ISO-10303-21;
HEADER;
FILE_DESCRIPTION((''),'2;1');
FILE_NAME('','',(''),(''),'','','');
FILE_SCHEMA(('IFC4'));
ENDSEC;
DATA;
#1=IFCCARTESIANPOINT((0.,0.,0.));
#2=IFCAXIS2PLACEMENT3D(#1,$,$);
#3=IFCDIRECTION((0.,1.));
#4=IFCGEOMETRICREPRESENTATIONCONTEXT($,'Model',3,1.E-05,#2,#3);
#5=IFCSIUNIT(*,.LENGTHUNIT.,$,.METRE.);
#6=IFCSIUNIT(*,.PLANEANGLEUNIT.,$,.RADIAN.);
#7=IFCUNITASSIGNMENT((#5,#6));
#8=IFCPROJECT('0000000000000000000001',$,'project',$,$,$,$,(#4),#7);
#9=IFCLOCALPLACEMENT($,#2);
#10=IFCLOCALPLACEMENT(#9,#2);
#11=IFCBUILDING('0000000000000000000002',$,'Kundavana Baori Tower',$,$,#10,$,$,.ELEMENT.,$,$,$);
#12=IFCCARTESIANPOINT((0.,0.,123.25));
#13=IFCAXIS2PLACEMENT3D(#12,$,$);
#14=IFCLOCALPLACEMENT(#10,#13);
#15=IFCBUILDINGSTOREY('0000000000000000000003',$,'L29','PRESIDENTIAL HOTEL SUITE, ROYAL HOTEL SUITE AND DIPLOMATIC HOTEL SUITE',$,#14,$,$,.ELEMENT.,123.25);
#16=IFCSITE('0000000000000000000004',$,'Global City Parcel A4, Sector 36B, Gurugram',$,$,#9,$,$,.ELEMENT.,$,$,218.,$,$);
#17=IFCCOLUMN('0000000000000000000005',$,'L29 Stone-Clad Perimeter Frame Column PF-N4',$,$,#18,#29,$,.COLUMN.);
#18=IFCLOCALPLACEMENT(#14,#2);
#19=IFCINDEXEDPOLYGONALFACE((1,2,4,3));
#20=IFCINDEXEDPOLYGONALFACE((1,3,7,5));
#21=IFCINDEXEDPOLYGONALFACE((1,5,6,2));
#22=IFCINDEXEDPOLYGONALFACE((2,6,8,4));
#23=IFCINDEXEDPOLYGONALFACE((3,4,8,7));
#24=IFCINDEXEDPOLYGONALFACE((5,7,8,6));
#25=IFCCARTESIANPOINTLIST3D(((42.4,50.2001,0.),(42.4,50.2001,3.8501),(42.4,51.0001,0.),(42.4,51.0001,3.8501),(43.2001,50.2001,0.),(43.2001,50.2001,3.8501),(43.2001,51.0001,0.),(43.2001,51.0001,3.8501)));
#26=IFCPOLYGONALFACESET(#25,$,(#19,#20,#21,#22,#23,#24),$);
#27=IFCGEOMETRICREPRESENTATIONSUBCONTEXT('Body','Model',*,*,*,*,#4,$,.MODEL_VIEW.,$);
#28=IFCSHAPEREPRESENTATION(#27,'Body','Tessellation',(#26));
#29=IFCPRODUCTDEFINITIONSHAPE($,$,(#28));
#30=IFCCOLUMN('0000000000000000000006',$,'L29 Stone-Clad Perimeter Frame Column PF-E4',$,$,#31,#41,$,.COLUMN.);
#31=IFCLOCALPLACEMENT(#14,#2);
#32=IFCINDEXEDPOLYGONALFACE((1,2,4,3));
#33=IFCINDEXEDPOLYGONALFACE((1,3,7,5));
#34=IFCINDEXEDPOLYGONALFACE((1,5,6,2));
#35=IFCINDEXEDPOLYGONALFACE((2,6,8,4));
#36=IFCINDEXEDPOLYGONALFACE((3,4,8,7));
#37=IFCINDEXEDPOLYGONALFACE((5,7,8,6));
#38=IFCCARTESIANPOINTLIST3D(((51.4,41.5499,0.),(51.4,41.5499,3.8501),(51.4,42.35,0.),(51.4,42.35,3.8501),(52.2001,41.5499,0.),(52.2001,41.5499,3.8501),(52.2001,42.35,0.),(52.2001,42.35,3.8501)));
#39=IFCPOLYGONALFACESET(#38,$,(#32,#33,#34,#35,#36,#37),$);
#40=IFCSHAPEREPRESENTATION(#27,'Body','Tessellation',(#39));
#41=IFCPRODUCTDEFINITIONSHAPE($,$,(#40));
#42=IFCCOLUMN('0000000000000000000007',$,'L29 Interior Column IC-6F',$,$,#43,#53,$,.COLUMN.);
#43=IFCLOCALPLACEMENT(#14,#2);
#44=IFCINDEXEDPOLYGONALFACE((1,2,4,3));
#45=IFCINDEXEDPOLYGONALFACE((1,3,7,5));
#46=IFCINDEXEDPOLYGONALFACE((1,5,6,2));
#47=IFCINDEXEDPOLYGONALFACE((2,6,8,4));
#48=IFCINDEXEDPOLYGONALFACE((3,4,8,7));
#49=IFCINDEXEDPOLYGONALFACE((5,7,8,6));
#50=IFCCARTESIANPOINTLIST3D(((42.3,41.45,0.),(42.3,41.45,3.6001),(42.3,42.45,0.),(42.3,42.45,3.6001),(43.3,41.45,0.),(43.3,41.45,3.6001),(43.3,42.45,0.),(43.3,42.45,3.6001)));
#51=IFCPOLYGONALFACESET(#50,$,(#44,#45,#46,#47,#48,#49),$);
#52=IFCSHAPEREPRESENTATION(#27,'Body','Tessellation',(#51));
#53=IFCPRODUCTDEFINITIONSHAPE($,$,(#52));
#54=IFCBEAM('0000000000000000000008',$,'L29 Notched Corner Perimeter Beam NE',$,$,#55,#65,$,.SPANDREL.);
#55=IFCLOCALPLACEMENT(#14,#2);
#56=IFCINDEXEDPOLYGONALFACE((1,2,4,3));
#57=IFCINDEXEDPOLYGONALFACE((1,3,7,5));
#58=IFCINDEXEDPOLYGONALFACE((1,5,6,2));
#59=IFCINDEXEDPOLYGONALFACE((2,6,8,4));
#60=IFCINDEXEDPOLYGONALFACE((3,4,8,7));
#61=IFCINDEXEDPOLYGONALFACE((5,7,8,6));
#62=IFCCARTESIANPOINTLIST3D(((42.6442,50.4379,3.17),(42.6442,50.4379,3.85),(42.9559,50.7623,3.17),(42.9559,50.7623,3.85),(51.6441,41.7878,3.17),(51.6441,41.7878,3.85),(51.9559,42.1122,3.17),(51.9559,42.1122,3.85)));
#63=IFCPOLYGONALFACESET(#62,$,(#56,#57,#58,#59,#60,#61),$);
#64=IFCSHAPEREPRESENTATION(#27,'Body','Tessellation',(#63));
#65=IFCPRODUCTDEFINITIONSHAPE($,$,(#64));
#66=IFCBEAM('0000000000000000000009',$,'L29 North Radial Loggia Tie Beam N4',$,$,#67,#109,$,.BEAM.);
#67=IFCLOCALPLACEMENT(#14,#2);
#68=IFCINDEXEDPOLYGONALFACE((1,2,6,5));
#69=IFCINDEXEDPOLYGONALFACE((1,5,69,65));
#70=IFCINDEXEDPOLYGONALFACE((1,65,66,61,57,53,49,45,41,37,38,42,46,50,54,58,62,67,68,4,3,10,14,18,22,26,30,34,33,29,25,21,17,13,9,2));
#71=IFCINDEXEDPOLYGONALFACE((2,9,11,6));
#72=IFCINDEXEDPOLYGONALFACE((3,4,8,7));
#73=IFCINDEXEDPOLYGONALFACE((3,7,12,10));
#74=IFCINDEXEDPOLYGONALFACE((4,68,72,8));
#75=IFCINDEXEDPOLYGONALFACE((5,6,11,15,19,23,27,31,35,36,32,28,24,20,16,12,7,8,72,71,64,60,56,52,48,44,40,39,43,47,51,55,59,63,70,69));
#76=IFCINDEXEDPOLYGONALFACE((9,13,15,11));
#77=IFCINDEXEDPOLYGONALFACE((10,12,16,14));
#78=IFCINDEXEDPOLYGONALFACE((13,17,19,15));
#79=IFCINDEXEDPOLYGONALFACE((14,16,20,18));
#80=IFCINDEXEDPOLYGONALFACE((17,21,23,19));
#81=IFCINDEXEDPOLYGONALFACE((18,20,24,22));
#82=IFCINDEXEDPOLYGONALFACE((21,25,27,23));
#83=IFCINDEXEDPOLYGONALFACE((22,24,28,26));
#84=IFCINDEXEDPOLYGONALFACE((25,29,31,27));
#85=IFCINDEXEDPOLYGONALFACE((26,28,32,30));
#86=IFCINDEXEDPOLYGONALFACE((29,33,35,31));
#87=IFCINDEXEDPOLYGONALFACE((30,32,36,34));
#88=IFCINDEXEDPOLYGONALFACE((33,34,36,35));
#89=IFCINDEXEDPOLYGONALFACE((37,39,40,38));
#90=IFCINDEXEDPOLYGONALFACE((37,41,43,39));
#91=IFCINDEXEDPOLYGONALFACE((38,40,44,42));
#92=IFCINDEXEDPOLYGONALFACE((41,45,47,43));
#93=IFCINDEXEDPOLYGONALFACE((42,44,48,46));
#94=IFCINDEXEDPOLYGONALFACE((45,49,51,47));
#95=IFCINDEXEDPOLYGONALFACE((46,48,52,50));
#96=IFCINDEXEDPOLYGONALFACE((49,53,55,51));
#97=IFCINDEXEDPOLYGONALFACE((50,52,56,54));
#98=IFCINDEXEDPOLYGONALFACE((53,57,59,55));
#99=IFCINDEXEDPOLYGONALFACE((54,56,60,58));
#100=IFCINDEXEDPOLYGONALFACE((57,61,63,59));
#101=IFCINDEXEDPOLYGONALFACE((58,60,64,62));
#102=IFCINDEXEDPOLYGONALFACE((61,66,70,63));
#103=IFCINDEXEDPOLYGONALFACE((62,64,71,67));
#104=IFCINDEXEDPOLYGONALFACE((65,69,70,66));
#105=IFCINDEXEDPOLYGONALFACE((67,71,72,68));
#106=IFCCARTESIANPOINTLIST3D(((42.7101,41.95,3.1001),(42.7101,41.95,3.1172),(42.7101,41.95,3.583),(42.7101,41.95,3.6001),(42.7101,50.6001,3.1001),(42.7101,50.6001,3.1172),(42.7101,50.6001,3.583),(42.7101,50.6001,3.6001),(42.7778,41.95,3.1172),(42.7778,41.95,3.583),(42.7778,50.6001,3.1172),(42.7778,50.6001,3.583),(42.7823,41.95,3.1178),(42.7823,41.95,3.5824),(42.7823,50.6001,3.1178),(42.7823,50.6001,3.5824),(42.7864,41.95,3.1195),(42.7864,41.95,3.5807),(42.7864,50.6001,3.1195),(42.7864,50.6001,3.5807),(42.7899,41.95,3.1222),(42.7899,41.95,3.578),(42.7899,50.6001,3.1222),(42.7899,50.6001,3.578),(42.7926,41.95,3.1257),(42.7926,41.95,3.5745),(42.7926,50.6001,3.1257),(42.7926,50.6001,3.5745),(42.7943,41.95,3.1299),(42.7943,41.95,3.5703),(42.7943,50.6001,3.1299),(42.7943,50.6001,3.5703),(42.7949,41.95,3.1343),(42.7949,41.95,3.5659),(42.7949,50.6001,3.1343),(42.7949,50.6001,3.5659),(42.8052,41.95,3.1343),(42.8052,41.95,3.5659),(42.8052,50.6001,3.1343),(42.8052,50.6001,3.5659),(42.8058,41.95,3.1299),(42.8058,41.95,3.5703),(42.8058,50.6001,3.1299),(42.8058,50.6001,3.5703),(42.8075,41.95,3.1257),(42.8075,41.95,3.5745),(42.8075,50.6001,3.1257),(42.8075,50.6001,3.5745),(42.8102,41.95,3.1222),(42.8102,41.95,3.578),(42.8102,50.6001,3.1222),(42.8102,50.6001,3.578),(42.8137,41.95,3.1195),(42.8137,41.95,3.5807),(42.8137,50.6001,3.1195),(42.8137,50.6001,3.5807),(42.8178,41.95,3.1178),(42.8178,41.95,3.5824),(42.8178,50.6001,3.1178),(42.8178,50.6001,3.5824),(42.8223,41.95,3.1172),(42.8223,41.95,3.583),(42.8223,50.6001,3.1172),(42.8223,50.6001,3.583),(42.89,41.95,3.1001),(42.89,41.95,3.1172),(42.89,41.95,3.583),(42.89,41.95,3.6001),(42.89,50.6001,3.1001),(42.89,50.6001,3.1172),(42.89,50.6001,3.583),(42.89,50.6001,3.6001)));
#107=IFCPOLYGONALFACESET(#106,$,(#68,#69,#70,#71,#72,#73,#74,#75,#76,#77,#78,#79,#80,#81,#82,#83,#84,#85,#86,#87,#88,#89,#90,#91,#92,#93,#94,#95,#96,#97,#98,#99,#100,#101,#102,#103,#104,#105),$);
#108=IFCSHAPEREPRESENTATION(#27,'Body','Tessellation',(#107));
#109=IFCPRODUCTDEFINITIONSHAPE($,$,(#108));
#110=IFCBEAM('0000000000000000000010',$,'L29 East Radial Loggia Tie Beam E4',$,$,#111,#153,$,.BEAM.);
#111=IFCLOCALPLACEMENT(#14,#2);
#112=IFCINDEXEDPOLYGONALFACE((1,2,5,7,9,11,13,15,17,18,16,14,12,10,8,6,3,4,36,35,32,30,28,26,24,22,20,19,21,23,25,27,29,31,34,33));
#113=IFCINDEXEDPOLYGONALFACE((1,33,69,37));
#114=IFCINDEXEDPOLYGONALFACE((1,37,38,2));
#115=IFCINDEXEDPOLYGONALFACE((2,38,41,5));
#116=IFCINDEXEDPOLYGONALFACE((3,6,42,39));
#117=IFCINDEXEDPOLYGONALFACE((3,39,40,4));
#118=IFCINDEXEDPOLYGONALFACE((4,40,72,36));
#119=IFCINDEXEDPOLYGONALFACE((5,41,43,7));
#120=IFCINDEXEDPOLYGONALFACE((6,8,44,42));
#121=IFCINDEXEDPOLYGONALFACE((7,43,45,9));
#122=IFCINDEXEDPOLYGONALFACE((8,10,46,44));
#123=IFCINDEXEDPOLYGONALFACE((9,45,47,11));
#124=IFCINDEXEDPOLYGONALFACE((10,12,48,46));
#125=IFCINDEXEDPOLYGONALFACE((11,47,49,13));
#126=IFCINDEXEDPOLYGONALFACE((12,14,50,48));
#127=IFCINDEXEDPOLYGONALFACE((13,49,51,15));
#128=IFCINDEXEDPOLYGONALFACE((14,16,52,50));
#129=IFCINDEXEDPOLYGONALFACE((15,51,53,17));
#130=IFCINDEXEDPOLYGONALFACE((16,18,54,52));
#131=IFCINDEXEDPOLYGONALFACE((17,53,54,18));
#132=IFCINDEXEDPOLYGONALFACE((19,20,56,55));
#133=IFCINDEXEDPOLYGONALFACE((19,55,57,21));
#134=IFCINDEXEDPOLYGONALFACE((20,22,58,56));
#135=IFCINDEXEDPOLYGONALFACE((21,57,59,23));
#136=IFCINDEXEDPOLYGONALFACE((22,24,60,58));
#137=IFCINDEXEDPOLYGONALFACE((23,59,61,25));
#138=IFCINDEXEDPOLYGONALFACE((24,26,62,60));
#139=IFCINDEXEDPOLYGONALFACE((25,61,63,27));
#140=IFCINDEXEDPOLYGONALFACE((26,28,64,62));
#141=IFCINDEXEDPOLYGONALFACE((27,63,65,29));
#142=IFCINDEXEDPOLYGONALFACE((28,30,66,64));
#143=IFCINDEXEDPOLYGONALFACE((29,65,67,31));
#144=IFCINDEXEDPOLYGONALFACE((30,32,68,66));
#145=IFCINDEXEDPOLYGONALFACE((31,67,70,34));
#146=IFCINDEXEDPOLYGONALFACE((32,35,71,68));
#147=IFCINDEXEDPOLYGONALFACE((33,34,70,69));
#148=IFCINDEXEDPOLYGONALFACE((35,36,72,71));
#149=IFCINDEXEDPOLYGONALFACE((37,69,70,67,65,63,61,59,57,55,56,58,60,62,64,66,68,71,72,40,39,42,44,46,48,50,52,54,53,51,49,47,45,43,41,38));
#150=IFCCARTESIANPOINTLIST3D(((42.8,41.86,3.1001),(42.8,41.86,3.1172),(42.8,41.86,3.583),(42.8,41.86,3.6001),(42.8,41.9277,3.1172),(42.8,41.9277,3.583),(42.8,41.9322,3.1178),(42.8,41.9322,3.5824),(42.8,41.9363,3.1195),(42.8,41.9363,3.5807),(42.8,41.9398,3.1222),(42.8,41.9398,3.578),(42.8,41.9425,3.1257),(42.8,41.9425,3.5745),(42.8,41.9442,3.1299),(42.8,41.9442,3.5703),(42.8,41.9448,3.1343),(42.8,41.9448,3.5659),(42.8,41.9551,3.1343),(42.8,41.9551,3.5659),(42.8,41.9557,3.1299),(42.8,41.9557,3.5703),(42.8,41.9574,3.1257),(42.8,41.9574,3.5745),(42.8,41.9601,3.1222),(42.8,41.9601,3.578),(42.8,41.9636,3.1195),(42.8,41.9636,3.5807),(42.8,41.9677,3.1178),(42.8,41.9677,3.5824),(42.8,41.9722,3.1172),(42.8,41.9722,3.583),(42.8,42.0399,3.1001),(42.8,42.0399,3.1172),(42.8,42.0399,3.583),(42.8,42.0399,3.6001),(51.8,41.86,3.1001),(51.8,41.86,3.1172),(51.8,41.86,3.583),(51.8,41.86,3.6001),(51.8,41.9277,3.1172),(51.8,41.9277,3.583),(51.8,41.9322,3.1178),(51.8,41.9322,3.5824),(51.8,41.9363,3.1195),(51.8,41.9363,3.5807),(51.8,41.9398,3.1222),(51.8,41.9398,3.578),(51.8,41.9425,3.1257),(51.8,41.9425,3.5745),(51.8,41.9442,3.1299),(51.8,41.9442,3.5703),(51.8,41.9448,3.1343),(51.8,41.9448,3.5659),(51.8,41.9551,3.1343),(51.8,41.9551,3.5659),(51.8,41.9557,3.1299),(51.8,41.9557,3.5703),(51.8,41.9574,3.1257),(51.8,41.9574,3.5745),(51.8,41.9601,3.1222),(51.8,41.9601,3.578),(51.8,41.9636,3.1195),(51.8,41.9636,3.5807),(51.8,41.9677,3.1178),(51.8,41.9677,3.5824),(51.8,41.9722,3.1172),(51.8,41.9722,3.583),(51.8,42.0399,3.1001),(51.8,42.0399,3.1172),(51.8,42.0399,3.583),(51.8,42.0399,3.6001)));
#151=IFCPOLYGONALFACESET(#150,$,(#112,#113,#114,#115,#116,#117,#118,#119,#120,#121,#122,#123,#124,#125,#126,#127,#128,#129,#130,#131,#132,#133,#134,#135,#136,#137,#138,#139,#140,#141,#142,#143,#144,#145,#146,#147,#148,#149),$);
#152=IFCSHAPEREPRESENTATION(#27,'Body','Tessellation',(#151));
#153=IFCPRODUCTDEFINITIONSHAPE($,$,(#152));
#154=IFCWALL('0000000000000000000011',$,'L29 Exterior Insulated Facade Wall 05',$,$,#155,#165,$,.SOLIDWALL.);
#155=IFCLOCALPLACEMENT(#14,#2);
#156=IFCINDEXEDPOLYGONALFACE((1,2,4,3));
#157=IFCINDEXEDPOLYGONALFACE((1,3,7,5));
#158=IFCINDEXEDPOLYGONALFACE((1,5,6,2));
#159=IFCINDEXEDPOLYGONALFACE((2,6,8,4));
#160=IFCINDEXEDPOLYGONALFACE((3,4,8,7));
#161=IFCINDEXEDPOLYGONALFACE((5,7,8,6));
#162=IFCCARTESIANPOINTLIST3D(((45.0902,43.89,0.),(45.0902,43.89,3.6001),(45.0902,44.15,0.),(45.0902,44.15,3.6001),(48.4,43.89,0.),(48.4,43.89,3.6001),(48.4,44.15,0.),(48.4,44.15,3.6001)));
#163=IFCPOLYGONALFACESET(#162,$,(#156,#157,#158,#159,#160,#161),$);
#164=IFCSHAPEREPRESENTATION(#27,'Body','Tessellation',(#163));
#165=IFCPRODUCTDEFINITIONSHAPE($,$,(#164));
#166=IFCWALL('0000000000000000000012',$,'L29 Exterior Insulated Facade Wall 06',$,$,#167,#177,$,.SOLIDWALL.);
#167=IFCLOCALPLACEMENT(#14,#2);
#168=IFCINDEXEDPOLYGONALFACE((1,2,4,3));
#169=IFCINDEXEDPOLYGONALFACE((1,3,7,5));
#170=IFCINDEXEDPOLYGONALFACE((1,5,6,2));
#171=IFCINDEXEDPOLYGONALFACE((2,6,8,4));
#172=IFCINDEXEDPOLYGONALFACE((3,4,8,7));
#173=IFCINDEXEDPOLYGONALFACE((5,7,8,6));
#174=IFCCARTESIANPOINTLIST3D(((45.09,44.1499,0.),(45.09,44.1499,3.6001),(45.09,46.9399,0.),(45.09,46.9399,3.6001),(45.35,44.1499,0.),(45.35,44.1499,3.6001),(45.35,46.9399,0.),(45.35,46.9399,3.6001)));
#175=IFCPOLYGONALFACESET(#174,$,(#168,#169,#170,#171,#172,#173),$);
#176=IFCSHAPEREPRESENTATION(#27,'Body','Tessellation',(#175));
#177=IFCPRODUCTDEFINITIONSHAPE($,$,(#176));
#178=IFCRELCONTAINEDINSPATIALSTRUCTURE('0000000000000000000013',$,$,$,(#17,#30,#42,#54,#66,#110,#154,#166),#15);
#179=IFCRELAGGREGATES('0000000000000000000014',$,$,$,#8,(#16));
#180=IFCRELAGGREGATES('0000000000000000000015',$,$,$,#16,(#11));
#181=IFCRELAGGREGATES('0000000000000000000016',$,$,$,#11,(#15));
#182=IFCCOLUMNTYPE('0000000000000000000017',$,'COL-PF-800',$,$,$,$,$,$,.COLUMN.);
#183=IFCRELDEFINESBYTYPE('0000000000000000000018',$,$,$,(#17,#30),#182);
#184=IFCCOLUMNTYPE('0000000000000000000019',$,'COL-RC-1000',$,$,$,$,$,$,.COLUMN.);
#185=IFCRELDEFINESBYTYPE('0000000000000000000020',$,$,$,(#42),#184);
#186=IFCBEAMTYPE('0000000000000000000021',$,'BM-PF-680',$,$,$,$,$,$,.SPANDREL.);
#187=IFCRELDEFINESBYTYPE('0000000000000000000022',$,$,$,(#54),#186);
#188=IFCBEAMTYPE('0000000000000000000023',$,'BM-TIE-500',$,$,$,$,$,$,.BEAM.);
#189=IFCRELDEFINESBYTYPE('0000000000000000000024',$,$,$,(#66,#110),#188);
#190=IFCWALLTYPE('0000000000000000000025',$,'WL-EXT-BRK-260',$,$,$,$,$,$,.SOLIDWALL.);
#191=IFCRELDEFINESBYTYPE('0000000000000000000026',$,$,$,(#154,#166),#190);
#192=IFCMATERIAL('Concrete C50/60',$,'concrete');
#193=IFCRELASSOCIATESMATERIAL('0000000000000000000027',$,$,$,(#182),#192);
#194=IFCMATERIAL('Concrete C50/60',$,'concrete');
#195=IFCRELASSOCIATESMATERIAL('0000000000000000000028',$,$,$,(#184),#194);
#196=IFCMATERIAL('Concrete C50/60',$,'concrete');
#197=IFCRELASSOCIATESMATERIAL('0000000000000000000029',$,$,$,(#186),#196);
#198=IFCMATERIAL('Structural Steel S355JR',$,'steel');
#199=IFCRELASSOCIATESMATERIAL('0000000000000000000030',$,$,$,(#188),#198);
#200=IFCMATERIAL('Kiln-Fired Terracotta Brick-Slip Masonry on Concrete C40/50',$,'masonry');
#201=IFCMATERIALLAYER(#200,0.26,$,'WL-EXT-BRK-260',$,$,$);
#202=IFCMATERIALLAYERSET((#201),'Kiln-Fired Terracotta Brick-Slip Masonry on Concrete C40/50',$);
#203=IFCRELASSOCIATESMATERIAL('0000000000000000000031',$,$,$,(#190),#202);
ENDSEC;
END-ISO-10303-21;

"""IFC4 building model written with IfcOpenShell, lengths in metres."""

from ifc_helpers import new_model, si_unit, direction, frame, frame_2d, origin, origin_2d, place, context, subcontext, project, spatial, rectangle, i_section, extrude, material, layer, layer_set, material_profile, profile_set, type_object, element, save


model = new_model("IFC4")

# Units and contexts
model_context = context("Model", 3, precision=1e-05, world=origin(), true_north=direction((0.0, 1.0)))
body_context = subcontext(model_context, "Body", "Model", "MODEL_VIEW")
ifc_project = project(units=[si_unit("LENGTHUNIT", "METRE"), si_unit("PLANEANGLEUNIT", "RADIAN")], contexts=[model_context])

# Site, building, storey
site_placement = place(None, origin())
site = spatial("IfcSite", under=ifc_project, at=site_placement, Name="Global City Parcel A4, Sector 36B, Gurugram", CompositionType="ELEMENT", RefElevation=218.0)
building_placement = place(site_placement, origin())
building = spatial("IfcBuilding", under=site, at=building_placement, Name="Kundavana Baori Tower", CompositionType="ELEMENT")
storey_placement = place(building_placement, frame((0.0, 0.0, 123.25)))
storey = spatial("IfcBuildingStorey", under=building, at=storey_placement, Name="L29", Description="PRESIDENTIAL HOTEL SUITE, ROYAL HOTEL SUITE AND DIPLOMATIC HOTEL SUITE", CompositionType="ELEMENT", Elevation=123.25)

# Columns
ifc_material_1 = material(Name="Concrete C50/60", Category="concrete")
ifc_material_profile_1 = material_profile(ifc_material_1, rectangle(XDim=0.8, YDim=0.8, at=origin_2d()), Name="RC PF 800x800")
ifc_profile_set_1 = profile_set([ifc_material_profile_1], Name="Concrete C50/60")
column_type_1 = type_object("IfcColumnType", Name="COL-PF-800", PredefinedType="COLUMN", material=ifc_profile_set_1)
for number, where, z_axis, x_axis, name in (
    (1, (42.8, 50.6001, 0.0), (0.0, 0.0, 1.0), (1.0, 0.0, 0.0), "L29 Stone-Clad Perimeter Frame Column PF-N4"),
    (2, (51.8, 41.95, 0.0), (0.0, 0.0, 1.0), (1.0, 0.0, 0.0), "L29 Stone-Clad Perimeter Frame Column PF-E4"),
):
    element("IfcColumn", number, at=place(storey_placement, frame(where, z_axis=z_axis, x_axis=x_axis)), inside=storey, type_object=column_type_1, Name=name, PredefinedType="COLUMN", context=body_context, shape_type="SweptSolid", body=[
        extrude(rectangle(XDim=0.8, YDim=0.8, at=origin_2d()), origin(), (0.0, 0.0, 1.0), 3.8501),
    ])
ifc_material_2 = material(Name="Concrete C50/60", Category="concrete")
ifc_material_profile_2 = material_profile(ifc_material_2, rectangle(XDim=1.0, YDim=1.0, at=origin_2d()), Name="RC 1000x1000")
ifc_profile_set_2 = profile_set([ifc_material_profile_2], Name="Concrete C50/60")
column_type_2 = type_object("IfcColumnType", Name="COL-RC-1000", PredefinedType="COLUMN", material=ifc_profile_set_2)
column_placement = place(storey_placement, frame((42.8, 41.95, 0.0), z_axis=(0.0, 0.0, 1.0), x_axis=(1.0, 0.0, 0.0)))
element("IfcColumn", 3, at=column_placement, inside=storey, type_object=column_type_2, Name="L29 Interior Column IC-6F", PredefinedType="COLUMN", context=body_context, shape_type="SweptSolid", body=[
    extrude(rectangle(XDim=1.0, YDim=1.0, at=origin_2d()), origin(), (0.0, 0.0, 1.0), 3.6001),
])

# Beams
ifc_material_3 = material(Name="Concrete C50/60", Category="concrete")
ifc_material_profile_3 = material_profile(ifc_material_3, rectangle(XDim=0.45, YDim=0.6799, at=origin_2d()), Name="RC BM 450x680")
ifc_profile_set_3 = profile_set([ifc_material_profile_3], Name="Concrete C50/60")
beam_type_1 = type_object("IfcBeamType", Name="BM-PF-680", PredefinedType="SPANDREL", material=ifc_profile_set_3)
beam_1_placement = place(storey_placement, frame((42.8, 50.6001, 3.51), z_axis=(0.720981, -0.692955, 0.0), x_axis=(0.692955, 0.720981, 0.0)))
element("IfcBeam", 4, at=beam_1_placement, inside=storey, type_object=beam_type_1, Name="L29 Notched Corner Perimeter Beam NE", PredefinedType="SPANDREL", context=body_context, shape_type="SweptSolid", body=[
    extrude(rectangle(XDim=0.45, YDim=0.6799, at=origin_2d()), origin(), (0.0, 0.0, 1.0), 12.4829),
])
ifc_material_4 = material(Name="Structural Steel S355JR", Category="steel")
ifc_material_profile_4 = material_profile(ifc_material_4, i_section(OverallWidth=0.1799, OverallDepth=0.5, WebThickness=0.0103, FlangeThickness=0.0171, FilletRadius=0.0171, at=origin_2d()), Name="ISMB 500")
ifc_profile_set_4 = profile_set([ifc_material_profile_4], Name="Structural Steel S355JR")
beam_type_2 = type_object("IfcBeamType", Name="BM-TIE-500", PredefinedType="BEAM", material=ifc_profile_set_4)
beam_2_placement = place(storey_placement, frame((42.8, 41.95, 3.3501), z_axis=(0.0, 1.0, 0.0), x_axis=(-1.0, 0.0, 0.0)))
element("IfcBeam", 5, at=beam_2_placement, inside=storey, type_object=beam_type_2, Name="L29 North Radial Loggia Tie Beam N4", PredefinedType="BEAM", context=body_context, shape_type="SweptSolid", body=[
    extrude(i_section(OverallWidth=0.1799, OverallDepth=0.5, WebThickness=0.0103, FlangeThickness=0.0171, FilletRadius=0.0171, at=origin_2d()), origin(), (0.0, 0.0, 1.0), 8.6501),
])
beam_3_placement = place(storey_placement, frame((42.8, 41.95, 3.3501), z_axis=(1.0, 0.0, 0.0), x_axis=(0.0, 1.0, 0.0)))
element("IfcBeam", 6, at=beam_3_placement, inside=storey, type_object=beam_type_2, Name="L29 East Radial Loggia Tie Beam E4", PredefinedType="BEAM", context=body_context, shape_type="SweptSolid", body=[
    extrude(i_section(OverallWidth=0.1799, OverallDepth=0.5, WebThickness=0.0103, FlangeThickness=0.0171, FilletRadius=0.0171, at=origin_2d()), origin(), (0.0, 0.0, 1.0), 9.0),
])

# Walls
ifc_material_5 = material(Name="Kiln-Fired Terracotta Brick-Slip Masonry on Concrete C40/50", Category="masonry")
ifc_layer_1 = layer(ifc_material_5, 0.26, Name="WL-EXT-BRK-260")
ifc_layer_set_1 = layer_set([ifc_layer_1], Name="Kiln-Fired Terracotta Brick-Slip Masonry on Concrete C40/50")
wall_type_1 = type_object("IfcWallType", Name="WL-EXT-BRK-260", PredefinedType="SOLIDWALL", material=ifc_layer_set_1)
wall_1_placement = place(storey_placement, frame((48.3999, 44.02, 0.0), z_axis=(0.0, 0.0, 1.0), x_axis=(-1.0, 0.0, 0.0)))
element("IfcWall", 7, at=wall_1_placement, inside=storey, type_object=wall_type_1, Name="L29 Exterior Insulated Facade Wall 05", PredefinedType="SOLIDWALL", context=body_context, shape_type="SweptSolid", body=[
    extrude(rectangle(XDim=3.3098, YDim=0.26, at=frame_2d((1.6548, 0.0))), origin(), (0.0, 0.0, 1.0), 3.6001),
])
wall_2_placement = place(storey_placement, frame((45.22, 44.1499, 0.0), z_axis=(0.0, 0.0, 1.0), x_axis=(0.0, 1.0, 0.0)))
element("IfcWall", 8, at=wall_2_placement, inside=storey, type_object=wall_type_1, Name="L29 Exterior Insulated Facade Wall 06", PredefinedType="SOLIDWALL", context=body_context, shape_type="SweptSolid", body=[
    extrude(rectangle(XDim=2.79, YDim=0.26, at=frame_2d((1.395, 0.0))), origin(), (0.0, 0.0, 1.0), 3.6001),
])

save(model, "model.ifc")
